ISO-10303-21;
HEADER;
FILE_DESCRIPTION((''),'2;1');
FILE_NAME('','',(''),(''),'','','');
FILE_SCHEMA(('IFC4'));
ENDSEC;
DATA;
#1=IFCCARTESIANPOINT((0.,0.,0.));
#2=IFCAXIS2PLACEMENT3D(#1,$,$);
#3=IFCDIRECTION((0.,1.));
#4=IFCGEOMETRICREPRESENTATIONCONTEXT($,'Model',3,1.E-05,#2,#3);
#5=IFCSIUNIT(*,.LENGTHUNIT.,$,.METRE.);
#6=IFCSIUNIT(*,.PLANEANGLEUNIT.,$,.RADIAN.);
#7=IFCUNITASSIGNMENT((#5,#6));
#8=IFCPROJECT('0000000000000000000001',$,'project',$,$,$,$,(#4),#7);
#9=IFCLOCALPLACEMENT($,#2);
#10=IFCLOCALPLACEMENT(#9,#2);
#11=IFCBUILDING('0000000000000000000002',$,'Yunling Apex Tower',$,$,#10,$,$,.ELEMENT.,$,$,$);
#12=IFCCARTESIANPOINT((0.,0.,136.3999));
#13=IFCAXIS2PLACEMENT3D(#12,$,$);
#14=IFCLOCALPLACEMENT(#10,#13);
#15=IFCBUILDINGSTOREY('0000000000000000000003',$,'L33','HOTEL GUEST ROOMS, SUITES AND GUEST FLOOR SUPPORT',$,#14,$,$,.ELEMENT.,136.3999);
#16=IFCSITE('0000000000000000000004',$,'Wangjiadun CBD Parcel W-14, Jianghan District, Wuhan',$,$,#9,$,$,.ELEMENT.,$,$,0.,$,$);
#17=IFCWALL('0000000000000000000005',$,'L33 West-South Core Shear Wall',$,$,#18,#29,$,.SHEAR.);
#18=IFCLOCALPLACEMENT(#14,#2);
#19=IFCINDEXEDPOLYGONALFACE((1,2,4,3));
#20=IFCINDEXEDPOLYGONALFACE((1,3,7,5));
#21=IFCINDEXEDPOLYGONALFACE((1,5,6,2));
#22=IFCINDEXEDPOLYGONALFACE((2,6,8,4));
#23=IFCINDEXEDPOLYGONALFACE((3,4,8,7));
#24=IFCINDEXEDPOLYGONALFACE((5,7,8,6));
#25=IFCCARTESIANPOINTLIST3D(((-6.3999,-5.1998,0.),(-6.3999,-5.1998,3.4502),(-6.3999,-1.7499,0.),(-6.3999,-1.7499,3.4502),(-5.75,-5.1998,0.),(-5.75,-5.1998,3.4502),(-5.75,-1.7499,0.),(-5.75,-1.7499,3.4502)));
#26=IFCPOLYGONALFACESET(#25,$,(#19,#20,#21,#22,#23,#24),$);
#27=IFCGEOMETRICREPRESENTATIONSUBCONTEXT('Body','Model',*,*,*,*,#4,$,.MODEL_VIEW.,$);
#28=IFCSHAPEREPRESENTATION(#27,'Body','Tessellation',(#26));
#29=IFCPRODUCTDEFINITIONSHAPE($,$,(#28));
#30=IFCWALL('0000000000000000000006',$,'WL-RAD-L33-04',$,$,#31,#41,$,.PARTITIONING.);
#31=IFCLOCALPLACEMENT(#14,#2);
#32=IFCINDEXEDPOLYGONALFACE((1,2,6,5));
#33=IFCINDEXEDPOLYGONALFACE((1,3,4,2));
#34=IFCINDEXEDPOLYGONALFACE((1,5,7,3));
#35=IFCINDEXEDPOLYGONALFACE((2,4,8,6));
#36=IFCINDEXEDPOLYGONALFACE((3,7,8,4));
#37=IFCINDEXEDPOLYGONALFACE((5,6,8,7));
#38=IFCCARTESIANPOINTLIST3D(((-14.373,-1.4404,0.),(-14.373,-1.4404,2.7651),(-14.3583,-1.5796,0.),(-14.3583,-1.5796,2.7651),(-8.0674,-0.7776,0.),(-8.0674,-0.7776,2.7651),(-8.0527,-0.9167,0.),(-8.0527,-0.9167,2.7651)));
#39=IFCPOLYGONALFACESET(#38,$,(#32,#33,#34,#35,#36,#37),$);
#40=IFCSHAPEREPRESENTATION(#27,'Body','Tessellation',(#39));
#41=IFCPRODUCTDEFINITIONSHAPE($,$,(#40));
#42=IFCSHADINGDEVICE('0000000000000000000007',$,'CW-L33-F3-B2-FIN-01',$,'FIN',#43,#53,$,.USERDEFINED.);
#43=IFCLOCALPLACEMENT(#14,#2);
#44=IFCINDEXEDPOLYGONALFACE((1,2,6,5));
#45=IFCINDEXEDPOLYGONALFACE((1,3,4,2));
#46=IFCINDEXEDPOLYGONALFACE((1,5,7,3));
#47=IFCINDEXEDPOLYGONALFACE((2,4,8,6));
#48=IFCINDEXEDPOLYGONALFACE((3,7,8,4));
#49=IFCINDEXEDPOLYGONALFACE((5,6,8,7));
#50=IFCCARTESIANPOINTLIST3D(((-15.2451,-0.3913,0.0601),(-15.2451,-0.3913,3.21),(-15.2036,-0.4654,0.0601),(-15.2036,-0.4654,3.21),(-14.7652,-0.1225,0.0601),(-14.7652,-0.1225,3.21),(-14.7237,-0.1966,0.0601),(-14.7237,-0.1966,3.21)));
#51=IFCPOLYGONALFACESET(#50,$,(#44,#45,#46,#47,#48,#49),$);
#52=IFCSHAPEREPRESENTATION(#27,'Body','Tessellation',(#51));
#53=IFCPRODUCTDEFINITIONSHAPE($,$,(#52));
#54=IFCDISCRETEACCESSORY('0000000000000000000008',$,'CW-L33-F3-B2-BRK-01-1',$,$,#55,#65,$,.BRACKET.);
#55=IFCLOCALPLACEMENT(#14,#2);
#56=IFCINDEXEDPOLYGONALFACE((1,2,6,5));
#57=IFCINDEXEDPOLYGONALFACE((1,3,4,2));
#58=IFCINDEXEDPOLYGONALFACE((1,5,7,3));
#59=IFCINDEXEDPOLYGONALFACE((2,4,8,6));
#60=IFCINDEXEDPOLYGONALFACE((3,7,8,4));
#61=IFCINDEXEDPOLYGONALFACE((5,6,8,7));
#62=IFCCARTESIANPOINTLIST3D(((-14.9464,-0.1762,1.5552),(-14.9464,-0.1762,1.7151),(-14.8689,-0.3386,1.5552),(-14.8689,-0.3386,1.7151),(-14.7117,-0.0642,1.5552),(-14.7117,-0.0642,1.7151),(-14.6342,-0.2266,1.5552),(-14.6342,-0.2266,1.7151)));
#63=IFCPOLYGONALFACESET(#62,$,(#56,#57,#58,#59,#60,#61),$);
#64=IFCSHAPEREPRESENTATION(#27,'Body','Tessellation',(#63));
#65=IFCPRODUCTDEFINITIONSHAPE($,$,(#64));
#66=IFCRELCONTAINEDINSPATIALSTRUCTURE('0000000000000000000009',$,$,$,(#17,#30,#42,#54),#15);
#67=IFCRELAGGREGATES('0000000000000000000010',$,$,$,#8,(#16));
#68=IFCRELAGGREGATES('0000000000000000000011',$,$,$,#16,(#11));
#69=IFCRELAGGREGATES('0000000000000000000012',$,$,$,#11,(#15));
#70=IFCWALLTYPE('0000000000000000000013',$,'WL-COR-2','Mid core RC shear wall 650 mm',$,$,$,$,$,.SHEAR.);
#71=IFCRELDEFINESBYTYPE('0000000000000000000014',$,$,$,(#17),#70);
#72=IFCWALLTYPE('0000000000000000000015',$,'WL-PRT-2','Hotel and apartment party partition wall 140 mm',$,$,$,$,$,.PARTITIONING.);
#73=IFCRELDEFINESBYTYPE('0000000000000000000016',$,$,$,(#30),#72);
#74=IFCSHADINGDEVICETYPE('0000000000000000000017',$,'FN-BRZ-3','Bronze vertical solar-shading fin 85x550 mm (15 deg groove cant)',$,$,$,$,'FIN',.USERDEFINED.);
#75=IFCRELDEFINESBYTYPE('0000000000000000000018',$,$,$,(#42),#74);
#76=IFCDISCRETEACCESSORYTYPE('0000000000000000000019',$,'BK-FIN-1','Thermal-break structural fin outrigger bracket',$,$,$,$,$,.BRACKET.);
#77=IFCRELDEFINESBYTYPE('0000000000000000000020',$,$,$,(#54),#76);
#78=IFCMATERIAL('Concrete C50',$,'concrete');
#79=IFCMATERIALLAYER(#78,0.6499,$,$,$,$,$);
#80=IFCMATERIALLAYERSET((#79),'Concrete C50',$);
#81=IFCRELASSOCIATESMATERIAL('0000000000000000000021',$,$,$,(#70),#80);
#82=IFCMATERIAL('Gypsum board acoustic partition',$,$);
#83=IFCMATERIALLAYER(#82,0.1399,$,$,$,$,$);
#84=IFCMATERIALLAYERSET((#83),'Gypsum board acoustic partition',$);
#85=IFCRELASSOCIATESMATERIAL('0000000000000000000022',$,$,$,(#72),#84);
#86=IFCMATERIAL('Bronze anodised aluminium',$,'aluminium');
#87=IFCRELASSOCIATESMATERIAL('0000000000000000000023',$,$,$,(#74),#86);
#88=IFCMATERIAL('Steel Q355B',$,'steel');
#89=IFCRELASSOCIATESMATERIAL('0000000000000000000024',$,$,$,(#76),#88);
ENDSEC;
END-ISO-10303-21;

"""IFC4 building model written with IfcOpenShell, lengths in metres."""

from ifc_helpers import new_model, si_unit, direction, frame, frame_2d, origin, origin_2d, place, context, subcontext, project, spatial, rectangle, extrude, source, transform, mapped, material, layer, layer_set, material_profile, profile_set, type_object, element, save


model = new_model("IFC4")

# Units and contexts
model_context = context("Model", 3, precision=1e-05, world=origin(), true_north=direction((0.0, 1.0)))
body_context = subcontext(model_context, "Body", "Model", "MODEL_VIEW")
ifc_project = project(units=[si_unit("LENGTHUNIT", "METRE"), si_unit("PLANEANGLEUNIT", "RADIAN")], contexts=[model_context])

# Site, building, storey
site_placement = place(None, origin())
site = spatial("IfcSite", under=ifc_project, at=site_placement, Name="Wangjiadun CBD Parcel W-14, Jianghan District, Wuhan", CompositionType="ELEMENT", RefElevation=0.0)
building_placement = place(site_placement, origin())
building = spatial("IfcBuilding", under=site, at=building_placement, Name="Yunling Apex Tower", CompositionType="ELEMENT")
storey_placement = place(building_placement, frame((0.0, 0.0, 136.3999)))
storey = spatial("IfcBuildingStorey", under=building, at=storey_placement, Name="L33", Description="HOTEL GUEST ROOMS, SUITES AND GUEST FLOOR SUPPORT", CompositionType="ELEMENT", Elevation=136.3999)

# Shared definitions
ifc_material_1 = material(Name="Steel Q355B", Category="steel")

# Shared definitions
ifc_material_2 = material(Name="Bronze anodised aluminium", Category="aluminium")

# Shared definitions
ifc_material_3 = material(Name="Concrete C50", Category="concrete")
ifc_layer_1 = layer(ifc_material_3, 0.6499)
ifc_layer_set_1 = layer_set([ifc_layer_1], Name="Concrete C50")
wall_type_1 = type_object("IfcWallType", Name="WL-COR-2", Description="Mid core RC shear wall 650 mm", PredefinedType="SHEAR", material=ifc_layer_set_1)

# Walls
wall_1_placement = place(storey_placement, frame((-6.075, -5.2, 0.0), z_axis=(0.0, 0.0, 1.0), x_axis=(0.0, 1.0, 0.0)))
element("IfcWall", 1, at=wall_1_placement, inside=storey, type_object=wall_type_1, Name="L33 West-South Core Shear Wall", PredefinedType="SHEAR", context=body_context, shape_type="SweptSolid", body=[
    extrude(rectangle(XDim=3.45, YDim=0.6499, at=frame_2d((1.7251, 0.0))), origin(), (0.0, 0.0, 1.0), 3.4502),
])
ifc_material_4 = material(Name="Gypsum board acoustic partition")
ifc_layer_2 = layer(ifc_material_4, 0.1399)
ifc_layer_set_2 = layer_set([ifc_layer_2], Name="Gypsum board acoustic partition")
wall_type_2 = type_object("IfcWallType", Name="WL-PRT-2", Description="Hotel and apartment party partition wall 140 mm", PredefinedType="PARTITIONING", material=ifc_layer_set_2)
wall_2_placement = place(storey_placement, frame((-8.0601, -0.8472, 0.0), z_axis=(0.0, 0.0, 1.0), x_axis=(-0.99452, -0.104542, 0.0)))
element("IfcWall", 2, at=wall_2_placement, inside=storey, type_object=wall_type_2, Name="WL-RAD-L33-04", PredefinedType="PARTITIONING", context=body_context, shape_type="SweptSolid", body=[
    extrude(rectangle(XDim=6.3403, YDim=0.1399, at=frame_2d((3.1702, 0.0))), origin(), (0.0, 0.0, 1.0), 2.7651),
])

# Shading device
ifc_material_profile_1 = material_profile(ifc_material_2, rectangle(XDim=0.085, YDim=0.55, at=origin_2d()))
ifc_profile_set_1 = profile_set([ifc_material_profile_1], Name="Bronze anodised aluminium")
shading_device_type = type_object("IfcShadingDeviceType", Name="FN-BRZ-3", Description="Bronze vertical solar-shading fin 85x550 mm (15 deg groove cant)", ElementType="FIN", PredefinedType="USERDEFINED", material=ifc_profile_set_1)
shared_shape_1 = source(origin(), body_context, "Body", "SweptSolid", [
    extrude(rectangle(XDim=0.085, YDim=0.55, at=origin_2d()), origin(), (0.0, 0.0, 1.0), 3.1499),
])
shading_device_placement = place(storey_placement, frame((-14.9844, -0.2939, 0.0601), z_axis=(0.0, 0.0, 1.0), x_axis=(0.488621, -0.872496, 0.0)))
element("IfcShadingDevice", 3, at=shading_device_placement, inside=storey, type_object=shading_device_type, Name="CW-L33-F3-B2-FIN-01", ObjectType="FIN", PredefinedType="USERDEFINED", context=body_context, shape_type="MappedRepresentation", body=[
    mapped(shared_shape_1, transform((0.0, 0.0, 0.0), scale=1.0)),
])

# Discrete accessory
discrete_accessory_type = type_object("IfcDiscreteAccessoryType", Name="BK-FIN-1", Description="Thermal-break structural fin outrigger bracket", PredefinedType="BRACKET", material=ifc_material_1)
shared_shape_2 = source(origin(), body_context, "Body", "SweptSolid", [
    extrude(rectangle(XDim=0.1799, YDim=0.26, at=origin_2d()), origin(), (0.0, 0.0, 1.0), 0.1599),
])
discrete_accessory_placement = place(storey_placement, frame((-14.7903, -0.2014, 1.5552), z_axis=(0.0, 0.0, 1.0), x_axis=(0.430511, -0.902585, 0.0)))
element("IfcDiscreteAccessory", 4, at=discrete_accessory_placement, inside=storey, type_object=discrete_accessory_type, Name="CW-L33-F3-B2-BRK-01-1", PredefinedType="BRACKET", context=body_context, shape_type="MappedRepresentation", body=[
    mapped(shared_shape_2, transform((0.0, 0.0, 0.0), scale=1.0)),
])

save(model, "model.ifc")
